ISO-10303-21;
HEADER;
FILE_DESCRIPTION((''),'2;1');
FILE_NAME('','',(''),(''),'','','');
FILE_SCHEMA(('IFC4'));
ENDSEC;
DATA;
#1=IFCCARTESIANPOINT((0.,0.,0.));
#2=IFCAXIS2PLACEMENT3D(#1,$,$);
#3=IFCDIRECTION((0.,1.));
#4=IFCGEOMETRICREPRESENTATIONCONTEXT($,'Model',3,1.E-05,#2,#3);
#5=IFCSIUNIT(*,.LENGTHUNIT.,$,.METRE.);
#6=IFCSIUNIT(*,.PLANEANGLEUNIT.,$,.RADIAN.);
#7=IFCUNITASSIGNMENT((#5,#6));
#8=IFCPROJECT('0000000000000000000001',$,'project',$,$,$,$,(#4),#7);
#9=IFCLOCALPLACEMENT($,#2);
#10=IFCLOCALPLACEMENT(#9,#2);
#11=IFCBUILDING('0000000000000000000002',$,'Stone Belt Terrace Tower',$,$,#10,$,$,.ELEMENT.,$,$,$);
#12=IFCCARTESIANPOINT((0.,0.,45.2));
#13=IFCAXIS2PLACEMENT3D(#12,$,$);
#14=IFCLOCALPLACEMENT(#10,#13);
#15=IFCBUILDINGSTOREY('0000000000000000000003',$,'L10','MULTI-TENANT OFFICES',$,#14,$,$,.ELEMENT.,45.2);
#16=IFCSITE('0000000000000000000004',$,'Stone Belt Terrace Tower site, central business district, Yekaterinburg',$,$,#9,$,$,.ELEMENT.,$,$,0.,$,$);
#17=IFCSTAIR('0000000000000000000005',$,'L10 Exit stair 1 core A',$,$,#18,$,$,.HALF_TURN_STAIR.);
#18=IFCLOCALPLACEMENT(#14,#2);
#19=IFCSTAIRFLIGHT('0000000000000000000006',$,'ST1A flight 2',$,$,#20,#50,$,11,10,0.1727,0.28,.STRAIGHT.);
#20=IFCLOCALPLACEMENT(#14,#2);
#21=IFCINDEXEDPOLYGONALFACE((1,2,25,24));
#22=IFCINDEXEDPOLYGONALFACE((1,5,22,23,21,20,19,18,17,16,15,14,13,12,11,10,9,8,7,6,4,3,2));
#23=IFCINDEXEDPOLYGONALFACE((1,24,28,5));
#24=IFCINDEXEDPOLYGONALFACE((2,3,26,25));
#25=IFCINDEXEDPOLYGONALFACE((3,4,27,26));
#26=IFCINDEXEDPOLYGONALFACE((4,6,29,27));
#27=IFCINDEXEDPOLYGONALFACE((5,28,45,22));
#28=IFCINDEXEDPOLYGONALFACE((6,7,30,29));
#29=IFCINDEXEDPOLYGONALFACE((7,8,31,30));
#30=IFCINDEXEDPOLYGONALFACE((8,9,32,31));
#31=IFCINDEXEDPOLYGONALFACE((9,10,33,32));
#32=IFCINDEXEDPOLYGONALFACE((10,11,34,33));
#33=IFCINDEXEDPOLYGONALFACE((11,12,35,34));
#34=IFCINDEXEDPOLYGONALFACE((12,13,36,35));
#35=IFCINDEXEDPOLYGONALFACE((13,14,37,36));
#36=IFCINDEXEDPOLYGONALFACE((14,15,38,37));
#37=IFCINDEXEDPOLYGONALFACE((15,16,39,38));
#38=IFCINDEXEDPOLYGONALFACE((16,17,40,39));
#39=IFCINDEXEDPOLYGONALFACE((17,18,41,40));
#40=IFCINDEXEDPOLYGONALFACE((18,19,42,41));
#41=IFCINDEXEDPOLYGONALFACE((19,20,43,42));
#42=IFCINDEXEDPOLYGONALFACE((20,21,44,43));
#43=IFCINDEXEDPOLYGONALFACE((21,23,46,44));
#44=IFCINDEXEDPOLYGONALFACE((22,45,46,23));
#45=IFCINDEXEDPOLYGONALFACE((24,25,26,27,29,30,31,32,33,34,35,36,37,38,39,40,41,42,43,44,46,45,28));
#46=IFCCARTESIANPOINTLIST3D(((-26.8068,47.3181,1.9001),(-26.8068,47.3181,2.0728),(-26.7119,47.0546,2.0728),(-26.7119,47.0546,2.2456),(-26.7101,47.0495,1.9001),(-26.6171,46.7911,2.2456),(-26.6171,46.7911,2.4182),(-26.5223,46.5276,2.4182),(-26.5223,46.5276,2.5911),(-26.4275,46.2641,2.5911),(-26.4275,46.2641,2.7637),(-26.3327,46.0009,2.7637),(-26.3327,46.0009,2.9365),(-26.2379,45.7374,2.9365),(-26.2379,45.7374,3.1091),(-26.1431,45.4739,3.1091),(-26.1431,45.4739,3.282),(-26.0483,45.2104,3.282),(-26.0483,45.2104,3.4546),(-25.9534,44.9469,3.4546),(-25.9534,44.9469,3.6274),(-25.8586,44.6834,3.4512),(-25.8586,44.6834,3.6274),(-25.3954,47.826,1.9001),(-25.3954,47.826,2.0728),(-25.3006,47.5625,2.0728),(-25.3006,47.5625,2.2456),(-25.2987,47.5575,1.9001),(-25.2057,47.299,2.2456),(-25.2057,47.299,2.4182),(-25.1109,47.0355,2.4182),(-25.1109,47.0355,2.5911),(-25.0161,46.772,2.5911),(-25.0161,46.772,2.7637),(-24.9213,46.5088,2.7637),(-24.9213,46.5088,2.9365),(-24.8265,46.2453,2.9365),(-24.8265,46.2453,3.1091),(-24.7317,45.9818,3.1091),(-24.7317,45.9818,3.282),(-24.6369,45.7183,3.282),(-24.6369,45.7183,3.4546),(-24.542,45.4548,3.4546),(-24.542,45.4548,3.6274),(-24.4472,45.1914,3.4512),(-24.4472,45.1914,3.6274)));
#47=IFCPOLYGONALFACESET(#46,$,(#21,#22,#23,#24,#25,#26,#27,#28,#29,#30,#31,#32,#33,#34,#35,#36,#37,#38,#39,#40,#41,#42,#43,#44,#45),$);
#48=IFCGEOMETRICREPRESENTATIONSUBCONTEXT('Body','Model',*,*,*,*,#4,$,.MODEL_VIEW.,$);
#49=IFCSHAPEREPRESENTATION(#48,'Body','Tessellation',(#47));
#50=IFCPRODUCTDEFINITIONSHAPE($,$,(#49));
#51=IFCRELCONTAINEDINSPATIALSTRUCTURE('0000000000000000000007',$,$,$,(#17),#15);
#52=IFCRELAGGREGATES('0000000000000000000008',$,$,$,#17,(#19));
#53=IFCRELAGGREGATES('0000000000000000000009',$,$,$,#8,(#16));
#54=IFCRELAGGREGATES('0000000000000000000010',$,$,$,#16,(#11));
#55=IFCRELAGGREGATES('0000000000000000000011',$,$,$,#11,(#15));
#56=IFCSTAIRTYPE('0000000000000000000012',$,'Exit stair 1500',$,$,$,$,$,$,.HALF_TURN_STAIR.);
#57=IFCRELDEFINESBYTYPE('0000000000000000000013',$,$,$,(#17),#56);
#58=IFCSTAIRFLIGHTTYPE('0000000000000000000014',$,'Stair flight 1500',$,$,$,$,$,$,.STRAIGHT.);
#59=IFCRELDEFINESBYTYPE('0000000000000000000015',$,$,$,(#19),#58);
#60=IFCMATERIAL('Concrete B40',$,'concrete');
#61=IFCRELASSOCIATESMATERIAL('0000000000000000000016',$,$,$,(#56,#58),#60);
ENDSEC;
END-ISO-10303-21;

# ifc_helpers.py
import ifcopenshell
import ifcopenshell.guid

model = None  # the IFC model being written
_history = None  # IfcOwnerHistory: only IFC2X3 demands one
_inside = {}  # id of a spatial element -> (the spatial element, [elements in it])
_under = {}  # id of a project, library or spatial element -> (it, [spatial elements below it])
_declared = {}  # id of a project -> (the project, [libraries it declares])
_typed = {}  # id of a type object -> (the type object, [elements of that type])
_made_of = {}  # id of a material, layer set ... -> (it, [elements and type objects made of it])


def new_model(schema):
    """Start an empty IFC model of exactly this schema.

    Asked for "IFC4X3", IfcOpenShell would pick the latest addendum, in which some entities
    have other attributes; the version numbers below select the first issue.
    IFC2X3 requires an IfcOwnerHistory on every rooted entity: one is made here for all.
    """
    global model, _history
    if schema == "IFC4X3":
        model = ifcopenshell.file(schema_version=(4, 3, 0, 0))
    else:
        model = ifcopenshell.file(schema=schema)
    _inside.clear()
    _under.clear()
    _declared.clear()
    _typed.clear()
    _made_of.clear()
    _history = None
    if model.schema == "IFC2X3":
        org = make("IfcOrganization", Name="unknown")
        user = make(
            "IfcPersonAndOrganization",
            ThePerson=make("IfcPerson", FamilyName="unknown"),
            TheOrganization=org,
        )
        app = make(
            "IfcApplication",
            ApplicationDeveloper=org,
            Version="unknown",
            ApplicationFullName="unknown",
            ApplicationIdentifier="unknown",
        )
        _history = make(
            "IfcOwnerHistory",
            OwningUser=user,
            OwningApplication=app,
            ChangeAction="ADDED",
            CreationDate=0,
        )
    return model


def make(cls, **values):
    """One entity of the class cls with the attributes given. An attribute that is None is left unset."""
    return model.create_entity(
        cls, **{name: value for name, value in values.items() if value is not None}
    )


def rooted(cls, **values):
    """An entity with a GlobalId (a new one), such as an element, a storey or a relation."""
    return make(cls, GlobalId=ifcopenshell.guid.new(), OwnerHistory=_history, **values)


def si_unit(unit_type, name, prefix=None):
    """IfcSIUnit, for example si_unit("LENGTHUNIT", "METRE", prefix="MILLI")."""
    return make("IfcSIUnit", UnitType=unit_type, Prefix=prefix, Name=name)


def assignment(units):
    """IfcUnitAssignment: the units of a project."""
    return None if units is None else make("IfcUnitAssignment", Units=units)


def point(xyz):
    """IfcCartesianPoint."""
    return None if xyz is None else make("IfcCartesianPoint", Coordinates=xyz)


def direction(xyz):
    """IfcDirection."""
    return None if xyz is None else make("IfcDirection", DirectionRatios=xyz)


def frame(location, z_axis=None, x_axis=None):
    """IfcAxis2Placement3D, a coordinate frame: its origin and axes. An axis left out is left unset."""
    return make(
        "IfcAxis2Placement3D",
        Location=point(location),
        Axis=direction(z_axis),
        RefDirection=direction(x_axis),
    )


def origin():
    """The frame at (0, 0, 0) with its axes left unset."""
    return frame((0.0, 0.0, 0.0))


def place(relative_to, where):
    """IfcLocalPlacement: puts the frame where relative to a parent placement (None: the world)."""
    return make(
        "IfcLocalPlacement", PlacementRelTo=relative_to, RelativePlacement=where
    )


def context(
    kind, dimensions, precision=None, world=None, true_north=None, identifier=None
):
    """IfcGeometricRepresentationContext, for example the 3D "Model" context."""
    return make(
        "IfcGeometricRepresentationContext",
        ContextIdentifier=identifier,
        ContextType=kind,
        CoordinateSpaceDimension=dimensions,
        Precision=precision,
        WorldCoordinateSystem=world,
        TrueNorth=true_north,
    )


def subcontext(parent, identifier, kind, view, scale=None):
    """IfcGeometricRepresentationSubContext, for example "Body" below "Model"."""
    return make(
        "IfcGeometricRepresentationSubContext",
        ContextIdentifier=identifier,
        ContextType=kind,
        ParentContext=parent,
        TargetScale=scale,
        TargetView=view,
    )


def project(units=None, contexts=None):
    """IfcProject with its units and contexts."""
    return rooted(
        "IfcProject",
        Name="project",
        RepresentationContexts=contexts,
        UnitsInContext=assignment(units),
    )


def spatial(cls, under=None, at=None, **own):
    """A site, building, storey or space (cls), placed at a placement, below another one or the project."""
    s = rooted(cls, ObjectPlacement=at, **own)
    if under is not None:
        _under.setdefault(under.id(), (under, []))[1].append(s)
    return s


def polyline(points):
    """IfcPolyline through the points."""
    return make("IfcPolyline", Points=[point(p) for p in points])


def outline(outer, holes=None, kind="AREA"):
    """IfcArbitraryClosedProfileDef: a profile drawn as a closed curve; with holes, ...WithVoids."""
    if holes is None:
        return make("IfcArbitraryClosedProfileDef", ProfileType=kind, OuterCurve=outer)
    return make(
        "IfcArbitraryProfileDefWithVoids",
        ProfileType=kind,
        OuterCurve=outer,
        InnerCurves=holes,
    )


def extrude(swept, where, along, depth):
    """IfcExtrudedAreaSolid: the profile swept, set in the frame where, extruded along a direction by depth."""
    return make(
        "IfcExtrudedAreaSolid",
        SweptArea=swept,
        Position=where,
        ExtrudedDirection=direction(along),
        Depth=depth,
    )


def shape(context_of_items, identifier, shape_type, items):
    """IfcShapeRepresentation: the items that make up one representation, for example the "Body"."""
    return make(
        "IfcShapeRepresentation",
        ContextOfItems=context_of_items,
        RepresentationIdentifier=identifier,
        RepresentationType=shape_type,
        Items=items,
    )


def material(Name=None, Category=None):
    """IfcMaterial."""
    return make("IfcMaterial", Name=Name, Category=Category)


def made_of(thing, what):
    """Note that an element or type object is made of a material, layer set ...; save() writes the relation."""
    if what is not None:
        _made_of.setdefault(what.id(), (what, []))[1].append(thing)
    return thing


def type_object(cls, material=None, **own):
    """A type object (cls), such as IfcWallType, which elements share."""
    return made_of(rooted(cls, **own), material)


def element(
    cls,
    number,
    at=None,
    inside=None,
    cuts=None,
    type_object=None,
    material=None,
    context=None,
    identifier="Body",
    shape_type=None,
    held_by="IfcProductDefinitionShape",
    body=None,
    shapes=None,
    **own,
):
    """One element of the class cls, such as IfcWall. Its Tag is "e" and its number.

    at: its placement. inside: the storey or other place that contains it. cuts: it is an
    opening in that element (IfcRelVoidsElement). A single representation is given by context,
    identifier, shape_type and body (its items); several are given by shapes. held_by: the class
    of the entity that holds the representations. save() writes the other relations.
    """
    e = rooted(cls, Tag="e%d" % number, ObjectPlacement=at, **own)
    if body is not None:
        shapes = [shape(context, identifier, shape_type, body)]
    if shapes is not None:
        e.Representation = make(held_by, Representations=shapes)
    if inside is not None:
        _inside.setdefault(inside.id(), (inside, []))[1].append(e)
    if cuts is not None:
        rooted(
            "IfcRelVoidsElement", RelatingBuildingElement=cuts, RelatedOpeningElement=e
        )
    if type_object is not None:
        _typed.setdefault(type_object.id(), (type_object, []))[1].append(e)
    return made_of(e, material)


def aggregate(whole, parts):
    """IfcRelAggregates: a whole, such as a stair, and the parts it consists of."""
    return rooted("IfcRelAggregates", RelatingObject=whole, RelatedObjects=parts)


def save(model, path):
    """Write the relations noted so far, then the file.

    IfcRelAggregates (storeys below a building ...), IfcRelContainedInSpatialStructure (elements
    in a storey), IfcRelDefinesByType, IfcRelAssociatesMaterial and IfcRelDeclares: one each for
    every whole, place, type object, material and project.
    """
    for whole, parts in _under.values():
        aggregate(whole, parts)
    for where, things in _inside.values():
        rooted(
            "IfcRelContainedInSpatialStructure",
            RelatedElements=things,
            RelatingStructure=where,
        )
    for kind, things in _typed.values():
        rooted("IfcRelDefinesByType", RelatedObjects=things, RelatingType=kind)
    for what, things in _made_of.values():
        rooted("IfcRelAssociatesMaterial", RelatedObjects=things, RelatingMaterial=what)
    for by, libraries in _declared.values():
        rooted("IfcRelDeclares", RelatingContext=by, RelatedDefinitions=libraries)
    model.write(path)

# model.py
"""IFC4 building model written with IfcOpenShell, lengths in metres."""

from ifc_helpers import new_model, si_unit, direction, frame, origin, place, context, subcontext, project, spatial, polyline, outline, extrude, material, type_object, element, aggregate, save


model = new_model("IFC4")

# Units and contexts
model_context = context("Model", 3, precision=1e-05, world=origin(), true_north=direction((0.0, 1.0)))
body_context = subcontext(model_context, "Body", "Model", "MODEL_VIEW")
ifc_project = project(units=[si_unit("LENGTHUNIT", "METRE"), si_unit("PLANEANGLEUNIT", "RADIAN")], contexts=[model_context])

# Site, building, storey
site_placement = place(None, origin())
site = spatial("IfcSite", under=ifc_project, at=site_placement, Name="Stone Belt Terrace Tower site, central business district, Yekaterinburg", CompositionType="ELEMENT", RefElevation=0.0)
building_placement = place(site_placement, origin())
building = spatial("IfcBuilding", under=site, at=building_placement, Name="Stone Belt Terrace Tower", CompositionType="ELEMENT")
storey_placement = place(building_placement, frame((0.0, 0.0, 45.2)))
storey = spatial("IfcBuildingStorey", under=building, at=storey_placement, Name="L10", Description="MULTI-TENANT OFFICES", CompositionType="ELEMENT", Elevation=45.2)

# Stair, stair flight
ifc_material_1 = material(Name="Concrete B40", Category="concrete")
stair_type = type_object("IfcStairType", Name="Exit stair 1500", PredefinedType="HALF_TURN_STAIR", material=ifc_material_1)
stair_placement = place(storey_placement, origin())
stair = element("IfcStair", 1, at=stair_placement, inside=storey, type_object=stair_type, Name="L10 Exit stair 1 core A", PredefinedType="HALF_TURN_STAIR")
stair_flight_type = type_object("IfcStairFlightType", Name="Stair flight 1500", PredefinedType="STRAIGHT", material=ifc_material_1)
stair_flight_1_placement = place(storey_placement, frame((-26.1011, 47.572, 1.9001), z_axis=(0.0, 0.0, 1.0), x_axis=(0.338624, -0.940922, 0.0)))
stair_flight_1 = element("IfcStairFlight", 2, at=stair_flight_1_placement, type_object=stair_flight_type, Name="ST1A flight 2", NumberOfRisers=11, NumberOfTreads=10, PredefinedType="STRAIGHT", RiserHeight=0.1727, TreadLength=0.28, context=body_context, shape_type="SweptSolid", body=[
    extrude(outline(polyline([(0.0, 0.0), (0.0, 0.1726), (0.28, 0.1726), (0.28, 0.3455), (0.5601, 0.3455), (0.5601, 0.5181), (0.8401, 0.5181), (0.8401, 0.6909), (1.1201, 0.6909), (1.1201, 0.8635), (1.3999, 0.8635), (1.3999, 1.0364), (1.6799, 1.0364), (1.6799, 1.209), (1.96, 1.209), (1.96, 1.3818), (2.24, 1.3818), (2.24, 1.5544), (2.52, 1.5544), (2.52, 1.7273), (2.8, 1.7273), (2.8, 1.8999), (2.8, 1.551), (0.2854, 0.0), (0.0, 0.0)])), frame((0.0, 0.75, 0.0), z_axis=(0.0, -1.0, 0.0), x_axis=(1.0, 0.0, 0.0)), (0.0, 0.0, 1.0), 1.5),
])
aggregate(stair, [stair_flight_1])

save(model, "model.ifc")
